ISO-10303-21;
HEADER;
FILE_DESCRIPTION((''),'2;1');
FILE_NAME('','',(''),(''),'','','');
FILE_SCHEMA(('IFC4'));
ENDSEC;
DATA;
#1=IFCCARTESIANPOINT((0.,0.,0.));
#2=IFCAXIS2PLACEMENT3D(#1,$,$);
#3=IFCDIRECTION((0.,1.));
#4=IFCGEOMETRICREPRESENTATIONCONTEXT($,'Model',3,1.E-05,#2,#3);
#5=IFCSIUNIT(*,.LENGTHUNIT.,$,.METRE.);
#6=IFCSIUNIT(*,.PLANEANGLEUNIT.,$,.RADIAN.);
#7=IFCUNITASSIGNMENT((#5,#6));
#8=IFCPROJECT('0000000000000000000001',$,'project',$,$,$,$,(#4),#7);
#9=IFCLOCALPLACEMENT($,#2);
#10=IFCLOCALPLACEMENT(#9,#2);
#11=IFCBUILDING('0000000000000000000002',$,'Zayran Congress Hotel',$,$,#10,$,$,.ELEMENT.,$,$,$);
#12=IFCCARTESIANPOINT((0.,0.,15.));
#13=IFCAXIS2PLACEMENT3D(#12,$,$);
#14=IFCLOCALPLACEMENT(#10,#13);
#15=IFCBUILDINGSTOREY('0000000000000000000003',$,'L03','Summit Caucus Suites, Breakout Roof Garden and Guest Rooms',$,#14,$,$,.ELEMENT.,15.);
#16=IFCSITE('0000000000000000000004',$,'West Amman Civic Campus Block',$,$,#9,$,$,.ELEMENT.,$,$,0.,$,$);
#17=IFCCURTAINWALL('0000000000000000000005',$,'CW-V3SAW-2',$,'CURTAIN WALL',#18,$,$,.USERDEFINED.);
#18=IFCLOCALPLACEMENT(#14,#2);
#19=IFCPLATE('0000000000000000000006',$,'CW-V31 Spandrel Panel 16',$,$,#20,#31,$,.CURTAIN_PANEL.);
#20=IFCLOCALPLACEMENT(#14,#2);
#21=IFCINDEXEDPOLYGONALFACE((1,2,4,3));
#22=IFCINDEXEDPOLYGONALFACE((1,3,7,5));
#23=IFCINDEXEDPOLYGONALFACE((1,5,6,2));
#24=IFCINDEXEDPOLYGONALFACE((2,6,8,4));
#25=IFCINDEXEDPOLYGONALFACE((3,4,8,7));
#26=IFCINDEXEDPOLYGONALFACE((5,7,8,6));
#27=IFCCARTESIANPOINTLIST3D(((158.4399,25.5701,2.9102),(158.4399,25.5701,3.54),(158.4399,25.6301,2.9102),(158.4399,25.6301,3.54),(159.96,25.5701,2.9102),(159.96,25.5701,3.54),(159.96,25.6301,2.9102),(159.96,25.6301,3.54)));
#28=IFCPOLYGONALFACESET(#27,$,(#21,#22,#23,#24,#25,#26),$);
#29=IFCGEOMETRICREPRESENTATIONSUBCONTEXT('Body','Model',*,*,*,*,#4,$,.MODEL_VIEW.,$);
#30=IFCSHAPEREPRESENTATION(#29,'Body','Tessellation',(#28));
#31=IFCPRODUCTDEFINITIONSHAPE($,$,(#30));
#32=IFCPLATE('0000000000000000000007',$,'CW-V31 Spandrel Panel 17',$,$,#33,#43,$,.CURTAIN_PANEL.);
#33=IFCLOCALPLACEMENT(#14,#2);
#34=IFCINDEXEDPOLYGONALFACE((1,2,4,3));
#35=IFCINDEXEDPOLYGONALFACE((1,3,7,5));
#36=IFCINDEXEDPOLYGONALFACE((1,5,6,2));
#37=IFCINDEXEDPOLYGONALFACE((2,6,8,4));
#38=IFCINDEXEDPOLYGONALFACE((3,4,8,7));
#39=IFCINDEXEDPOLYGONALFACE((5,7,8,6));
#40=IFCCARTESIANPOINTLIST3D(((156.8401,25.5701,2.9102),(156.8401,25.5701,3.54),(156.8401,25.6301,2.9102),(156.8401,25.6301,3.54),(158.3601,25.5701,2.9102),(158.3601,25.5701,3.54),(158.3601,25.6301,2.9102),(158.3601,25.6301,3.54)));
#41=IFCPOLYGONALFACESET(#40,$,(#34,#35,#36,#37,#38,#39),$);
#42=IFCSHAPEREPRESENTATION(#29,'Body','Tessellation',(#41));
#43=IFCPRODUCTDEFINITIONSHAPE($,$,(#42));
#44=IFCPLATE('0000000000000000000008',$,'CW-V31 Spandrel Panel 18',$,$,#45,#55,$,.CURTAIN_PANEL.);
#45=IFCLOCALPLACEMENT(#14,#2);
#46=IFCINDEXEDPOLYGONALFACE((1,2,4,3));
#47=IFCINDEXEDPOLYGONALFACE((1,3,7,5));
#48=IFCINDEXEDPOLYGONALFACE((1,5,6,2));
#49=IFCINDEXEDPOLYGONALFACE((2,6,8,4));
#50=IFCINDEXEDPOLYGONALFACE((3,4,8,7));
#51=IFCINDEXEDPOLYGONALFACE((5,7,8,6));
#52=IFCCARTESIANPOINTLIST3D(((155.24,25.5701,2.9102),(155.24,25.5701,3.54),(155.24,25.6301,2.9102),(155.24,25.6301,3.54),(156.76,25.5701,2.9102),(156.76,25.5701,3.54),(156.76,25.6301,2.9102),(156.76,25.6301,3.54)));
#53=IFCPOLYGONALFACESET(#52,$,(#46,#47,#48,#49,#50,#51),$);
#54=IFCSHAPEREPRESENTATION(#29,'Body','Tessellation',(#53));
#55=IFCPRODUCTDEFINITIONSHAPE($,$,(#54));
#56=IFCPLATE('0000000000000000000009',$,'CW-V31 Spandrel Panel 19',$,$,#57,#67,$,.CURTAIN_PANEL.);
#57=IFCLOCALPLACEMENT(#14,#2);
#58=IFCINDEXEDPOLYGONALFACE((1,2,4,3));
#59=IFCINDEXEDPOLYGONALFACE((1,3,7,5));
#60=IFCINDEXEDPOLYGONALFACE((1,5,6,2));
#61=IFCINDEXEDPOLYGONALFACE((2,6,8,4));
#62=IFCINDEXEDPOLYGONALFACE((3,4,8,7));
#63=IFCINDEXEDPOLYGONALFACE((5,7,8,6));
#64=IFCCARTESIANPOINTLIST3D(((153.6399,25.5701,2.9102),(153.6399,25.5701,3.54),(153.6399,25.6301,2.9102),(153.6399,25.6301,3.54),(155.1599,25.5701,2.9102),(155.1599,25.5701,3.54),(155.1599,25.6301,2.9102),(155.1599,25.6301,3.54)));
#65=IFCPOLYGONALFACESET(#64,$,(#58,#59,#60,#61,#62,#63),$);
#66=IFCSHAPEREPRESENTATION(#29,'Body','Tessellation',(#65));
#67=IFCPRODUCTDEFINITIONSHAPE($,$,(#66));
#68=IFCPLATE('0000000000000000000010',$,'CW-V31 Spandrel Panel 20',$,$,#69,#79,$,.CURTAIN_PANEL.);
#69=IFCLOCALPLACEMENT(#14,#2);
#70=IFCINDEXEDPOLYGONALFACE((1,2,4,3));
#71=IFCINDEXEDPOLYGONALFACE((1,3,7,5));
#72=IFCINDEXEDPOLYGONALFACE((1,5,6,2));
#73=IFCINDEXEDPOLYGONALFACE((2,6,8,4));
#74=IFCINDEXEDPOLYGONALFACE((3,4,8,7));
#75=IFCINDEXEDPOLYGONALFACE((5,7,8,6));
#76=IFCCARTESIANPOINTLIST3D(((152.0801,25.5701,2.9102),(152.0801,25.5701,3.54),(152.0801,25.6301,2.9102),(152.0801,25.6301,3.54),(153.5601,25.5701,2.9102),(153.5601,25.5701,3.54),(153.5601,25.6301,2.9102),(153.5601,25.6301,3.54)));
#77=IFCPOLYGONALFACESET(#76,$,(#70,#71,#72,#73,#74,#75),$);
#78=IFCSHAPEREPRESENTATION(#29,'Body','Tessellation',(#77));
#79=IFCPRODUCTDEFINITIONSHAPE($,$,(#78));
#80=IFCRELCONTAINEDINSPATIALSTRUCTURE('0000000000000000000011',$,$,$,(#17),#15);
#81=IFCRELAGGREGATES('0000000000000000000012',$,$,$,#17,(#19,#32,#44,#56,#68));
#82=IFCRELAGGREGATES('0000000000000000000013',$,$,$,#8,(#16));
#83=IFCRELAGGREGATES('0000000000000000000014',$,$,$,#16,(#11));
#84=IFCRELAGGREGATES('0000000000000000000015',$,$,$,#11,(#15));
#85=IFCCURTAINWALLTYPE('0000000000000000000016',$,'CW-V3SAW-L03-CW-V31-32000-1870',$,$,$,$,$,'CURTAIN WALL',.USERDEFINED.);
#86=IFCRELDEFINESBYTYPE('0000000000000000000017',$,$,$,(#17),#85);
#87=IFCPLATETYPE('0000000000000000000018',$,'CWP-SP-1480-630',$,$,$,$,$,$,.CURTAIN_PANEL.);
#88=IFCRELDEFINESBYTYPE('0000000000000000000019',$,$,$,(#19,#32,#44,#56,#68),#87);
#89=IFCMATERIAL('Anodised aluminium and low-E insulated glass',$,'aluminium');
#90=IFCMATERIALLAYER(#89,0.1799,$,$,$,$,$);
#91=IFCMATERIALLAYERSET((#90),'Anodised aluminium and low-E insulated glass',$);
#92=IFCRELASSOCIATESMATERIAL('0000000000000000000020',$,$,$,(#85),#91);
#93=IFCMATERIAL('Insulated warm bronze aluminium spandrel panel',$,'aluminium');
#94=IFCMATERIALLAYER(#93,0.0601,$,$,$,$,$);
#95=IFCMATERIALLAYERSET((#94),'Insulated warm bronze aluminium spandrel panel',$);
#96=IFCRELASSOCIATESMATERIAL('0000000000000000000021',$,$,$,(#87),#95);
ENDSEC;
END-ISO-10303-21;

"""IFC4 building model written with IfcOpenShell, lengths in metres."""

from ifc_helpers import new_model, si_unit, direction, frame, origin, origin_2d, place, context, subcontext, project, spatial, rectangle, extrude, material, layer, layer_set, type_object, element, aggregate, save


model = new_model("IFC4")

# Units and contexts
model_context = context("Model", 3, precision=1e-05, world=origin(), true_north=direction((0.0, 1.0)))
body_context = subcontext(model_context, "Body", "Model", "MODEL_VIEW")
ifc_project = project(units=[si_unit("LENGTHUNIT", "METRE"), si_unit("PLANEANGLEUNIT", "RADIAN")], contexts=[model_context])

# Site, building, storey
site_placement = place(None, origin())
site = spatial("IfcSite", under=ifc_project, at=site_placement, Name="West Amman Civic Campus Block", CompositionType="ELEMENT", RefElevation=0.0)
building_placement = place(site_placement, origin())
building = spatial("IfcBuilding", under=site, at=building_placement, Name="Zayran Congress Hotel", CompositionType="ELEMENT")
storey_placement = place(building_placement, frame((0.0, 0.0, 15.0)))
storey = spatial("IfcBuildingStorey", under=building, at=storey_placement, Name="L03", Description="Summit Caucus Suites, Breakout Roof Garden and Guest Rooms", CompositionType="ELEMENT", Elevation=15.0)

# Curtain wall
ifc_material_1 = material(Name="Anodised aluminium and low-E insulated glass", Category="aluminium")
ifc_layer_1 = layer(ifc_material_1, 0.1799)
ifc_layer_set_1 = layer_set([ifc_layer_1], Name="Anodised aluminium and low-E insulated glass")
curtain_wall_type = type_object("IfcCurtainWallType", Name="CW-V3SAW-L03-CW-V31-32000-1870", ElementType="CURTAIN WALL", PredefinedType="USERDEFINED", material=ifc_layer_set_1)
curtain_wall_placement = place(storey_placement, origin())
curtain_wall = element("IfcCurtainWall", 1, at=curtain_wall_placement, inside=storey, type_object=curtain_wall_type, Name="CW-V3SAW-2", ObjectType="CURTAIN WALL", PredefinedType="USERDEFINED")

# Plates
ifc_material_2 = material(Name="Insulated warm bronze aluminium spandrel panel", Category="aluminium")
ifc_layer_2 = layer(ifc_material_2, 0.0601)
ifc_layer_set_2 = layer_set([ifc_layer_2], Name="Insulated warm bronze aluminium spandrel panel")
plate_type_1 = type_object("IfcPlateType", Name="CWP-SP-1480-630", PredefinedType="CURTAIN_PANEL", material=ifc_layer_set_2)
plate_1_placement = place(storey_placement, frame((159.2, 25.6001, 2.9102), z_axis=(0.0, 0.0, 1.0), x_axis=(1.0, 0.0, 0.0)))
plate_1 = element("IfcPlate", 2, at=plate_1_placement, type_object=plate_type_1, Name="CW-V31 Spandrel Panel 16", PredefinedType="CURTAIN_PANEL", context=body_context, shape_type="SweptSolid", body=[
    extrude(rectangle(XDim=1.52, YDim=0.0601, at=origin_2d()), origin(), (0.0, 0.0, 1.0), 0.6299),
])
plate_2_placement = place(storey_placement, frame((157.6001, 25.6001, 2.9102), z_axis=(0.0, 0.0, 1.0), x_axis=(1.0, 0.0, 0.0)))
plate_2 = element("IfcPlate", 3, at=plate_2_placement, type_object=plate_type_1, Name="CW-V31 Spandrel Panel 17", PredefinedType="CURTAIN_PANEL", context=body_context, shape_type="SweptSolid", body=[
    extrude(rectangle(XDim=1.52, YDim=0.0601, at=origin_2d()), origin(), (0.0, 0.0, 1.0), 0.6299),
])
plate_3_placement = place(storey_placement, frame((156.0, 25.6001, 2.9102), z_axis=(0.0, 0.0, 1.0), x_axis=(1.0, 0.0, 0.0)))
plate_3 = element("IfcPlate", 4, at=plate_3_placement, type_object=plate_type_1, Name="CW-V31 Spandrel Panel 18", PredefinedType="CURTAIN_PANEL", context=body_context, shape_type="SweptSolid", body=[
    extrude(rectangle(XDim=1.52, YDim=0.0601, at=origin_2d()), origin(), (0.0, 0.0, 1.0), 0.6299),
])
plate_4_placement = place(storey_placement, frame((154.3999, 25.6001, 2.9102), z_axis=(0.0, 0.0, 1.0), x_axis=(1.0, 0.0, 0.0)))
plate_4 = element("IfcPlate", 5, at=plate_4_placement, type_object=plate_type_1, Name="CW-V31 Spandrel Panel 19", PredefinedType="CURTAIN_PANEL", context=body_context, shape_type="SweptSolid", body=[
    extrude(rectangle(XDim=1.52, YDim=0.0601, at=origin_2d()), origin(), (0.0, 0.0, 1.0), 0.6299),
])
plate_5_placement = place(storey_placement, frame((152.8201, 25.6001, 2.9102), z_axis=(0.0, 0.0, 1.0), x_axis=(1.0, 0.0, 0.0)))
plate_5 = element("IfcPlate", 6, at=plate_5_placement, type_object=plate_type_1, Name="CW-V31 Spandrel Panel 20", PredefinedType="CURTAIN_PANEL", context=body_context, shape_type="SweptSolid", body=[
    extrude(rectangle(XDim=1.48, YDim=0.0601, at=origin_2d()), origin(), (0.0, 0.0, 1.0), 0.6299),
])
aggregate(curtain_wall, [plate_1, plate_2, plate_3, plate_4, plate_5])

save(model, "model.ifc")
